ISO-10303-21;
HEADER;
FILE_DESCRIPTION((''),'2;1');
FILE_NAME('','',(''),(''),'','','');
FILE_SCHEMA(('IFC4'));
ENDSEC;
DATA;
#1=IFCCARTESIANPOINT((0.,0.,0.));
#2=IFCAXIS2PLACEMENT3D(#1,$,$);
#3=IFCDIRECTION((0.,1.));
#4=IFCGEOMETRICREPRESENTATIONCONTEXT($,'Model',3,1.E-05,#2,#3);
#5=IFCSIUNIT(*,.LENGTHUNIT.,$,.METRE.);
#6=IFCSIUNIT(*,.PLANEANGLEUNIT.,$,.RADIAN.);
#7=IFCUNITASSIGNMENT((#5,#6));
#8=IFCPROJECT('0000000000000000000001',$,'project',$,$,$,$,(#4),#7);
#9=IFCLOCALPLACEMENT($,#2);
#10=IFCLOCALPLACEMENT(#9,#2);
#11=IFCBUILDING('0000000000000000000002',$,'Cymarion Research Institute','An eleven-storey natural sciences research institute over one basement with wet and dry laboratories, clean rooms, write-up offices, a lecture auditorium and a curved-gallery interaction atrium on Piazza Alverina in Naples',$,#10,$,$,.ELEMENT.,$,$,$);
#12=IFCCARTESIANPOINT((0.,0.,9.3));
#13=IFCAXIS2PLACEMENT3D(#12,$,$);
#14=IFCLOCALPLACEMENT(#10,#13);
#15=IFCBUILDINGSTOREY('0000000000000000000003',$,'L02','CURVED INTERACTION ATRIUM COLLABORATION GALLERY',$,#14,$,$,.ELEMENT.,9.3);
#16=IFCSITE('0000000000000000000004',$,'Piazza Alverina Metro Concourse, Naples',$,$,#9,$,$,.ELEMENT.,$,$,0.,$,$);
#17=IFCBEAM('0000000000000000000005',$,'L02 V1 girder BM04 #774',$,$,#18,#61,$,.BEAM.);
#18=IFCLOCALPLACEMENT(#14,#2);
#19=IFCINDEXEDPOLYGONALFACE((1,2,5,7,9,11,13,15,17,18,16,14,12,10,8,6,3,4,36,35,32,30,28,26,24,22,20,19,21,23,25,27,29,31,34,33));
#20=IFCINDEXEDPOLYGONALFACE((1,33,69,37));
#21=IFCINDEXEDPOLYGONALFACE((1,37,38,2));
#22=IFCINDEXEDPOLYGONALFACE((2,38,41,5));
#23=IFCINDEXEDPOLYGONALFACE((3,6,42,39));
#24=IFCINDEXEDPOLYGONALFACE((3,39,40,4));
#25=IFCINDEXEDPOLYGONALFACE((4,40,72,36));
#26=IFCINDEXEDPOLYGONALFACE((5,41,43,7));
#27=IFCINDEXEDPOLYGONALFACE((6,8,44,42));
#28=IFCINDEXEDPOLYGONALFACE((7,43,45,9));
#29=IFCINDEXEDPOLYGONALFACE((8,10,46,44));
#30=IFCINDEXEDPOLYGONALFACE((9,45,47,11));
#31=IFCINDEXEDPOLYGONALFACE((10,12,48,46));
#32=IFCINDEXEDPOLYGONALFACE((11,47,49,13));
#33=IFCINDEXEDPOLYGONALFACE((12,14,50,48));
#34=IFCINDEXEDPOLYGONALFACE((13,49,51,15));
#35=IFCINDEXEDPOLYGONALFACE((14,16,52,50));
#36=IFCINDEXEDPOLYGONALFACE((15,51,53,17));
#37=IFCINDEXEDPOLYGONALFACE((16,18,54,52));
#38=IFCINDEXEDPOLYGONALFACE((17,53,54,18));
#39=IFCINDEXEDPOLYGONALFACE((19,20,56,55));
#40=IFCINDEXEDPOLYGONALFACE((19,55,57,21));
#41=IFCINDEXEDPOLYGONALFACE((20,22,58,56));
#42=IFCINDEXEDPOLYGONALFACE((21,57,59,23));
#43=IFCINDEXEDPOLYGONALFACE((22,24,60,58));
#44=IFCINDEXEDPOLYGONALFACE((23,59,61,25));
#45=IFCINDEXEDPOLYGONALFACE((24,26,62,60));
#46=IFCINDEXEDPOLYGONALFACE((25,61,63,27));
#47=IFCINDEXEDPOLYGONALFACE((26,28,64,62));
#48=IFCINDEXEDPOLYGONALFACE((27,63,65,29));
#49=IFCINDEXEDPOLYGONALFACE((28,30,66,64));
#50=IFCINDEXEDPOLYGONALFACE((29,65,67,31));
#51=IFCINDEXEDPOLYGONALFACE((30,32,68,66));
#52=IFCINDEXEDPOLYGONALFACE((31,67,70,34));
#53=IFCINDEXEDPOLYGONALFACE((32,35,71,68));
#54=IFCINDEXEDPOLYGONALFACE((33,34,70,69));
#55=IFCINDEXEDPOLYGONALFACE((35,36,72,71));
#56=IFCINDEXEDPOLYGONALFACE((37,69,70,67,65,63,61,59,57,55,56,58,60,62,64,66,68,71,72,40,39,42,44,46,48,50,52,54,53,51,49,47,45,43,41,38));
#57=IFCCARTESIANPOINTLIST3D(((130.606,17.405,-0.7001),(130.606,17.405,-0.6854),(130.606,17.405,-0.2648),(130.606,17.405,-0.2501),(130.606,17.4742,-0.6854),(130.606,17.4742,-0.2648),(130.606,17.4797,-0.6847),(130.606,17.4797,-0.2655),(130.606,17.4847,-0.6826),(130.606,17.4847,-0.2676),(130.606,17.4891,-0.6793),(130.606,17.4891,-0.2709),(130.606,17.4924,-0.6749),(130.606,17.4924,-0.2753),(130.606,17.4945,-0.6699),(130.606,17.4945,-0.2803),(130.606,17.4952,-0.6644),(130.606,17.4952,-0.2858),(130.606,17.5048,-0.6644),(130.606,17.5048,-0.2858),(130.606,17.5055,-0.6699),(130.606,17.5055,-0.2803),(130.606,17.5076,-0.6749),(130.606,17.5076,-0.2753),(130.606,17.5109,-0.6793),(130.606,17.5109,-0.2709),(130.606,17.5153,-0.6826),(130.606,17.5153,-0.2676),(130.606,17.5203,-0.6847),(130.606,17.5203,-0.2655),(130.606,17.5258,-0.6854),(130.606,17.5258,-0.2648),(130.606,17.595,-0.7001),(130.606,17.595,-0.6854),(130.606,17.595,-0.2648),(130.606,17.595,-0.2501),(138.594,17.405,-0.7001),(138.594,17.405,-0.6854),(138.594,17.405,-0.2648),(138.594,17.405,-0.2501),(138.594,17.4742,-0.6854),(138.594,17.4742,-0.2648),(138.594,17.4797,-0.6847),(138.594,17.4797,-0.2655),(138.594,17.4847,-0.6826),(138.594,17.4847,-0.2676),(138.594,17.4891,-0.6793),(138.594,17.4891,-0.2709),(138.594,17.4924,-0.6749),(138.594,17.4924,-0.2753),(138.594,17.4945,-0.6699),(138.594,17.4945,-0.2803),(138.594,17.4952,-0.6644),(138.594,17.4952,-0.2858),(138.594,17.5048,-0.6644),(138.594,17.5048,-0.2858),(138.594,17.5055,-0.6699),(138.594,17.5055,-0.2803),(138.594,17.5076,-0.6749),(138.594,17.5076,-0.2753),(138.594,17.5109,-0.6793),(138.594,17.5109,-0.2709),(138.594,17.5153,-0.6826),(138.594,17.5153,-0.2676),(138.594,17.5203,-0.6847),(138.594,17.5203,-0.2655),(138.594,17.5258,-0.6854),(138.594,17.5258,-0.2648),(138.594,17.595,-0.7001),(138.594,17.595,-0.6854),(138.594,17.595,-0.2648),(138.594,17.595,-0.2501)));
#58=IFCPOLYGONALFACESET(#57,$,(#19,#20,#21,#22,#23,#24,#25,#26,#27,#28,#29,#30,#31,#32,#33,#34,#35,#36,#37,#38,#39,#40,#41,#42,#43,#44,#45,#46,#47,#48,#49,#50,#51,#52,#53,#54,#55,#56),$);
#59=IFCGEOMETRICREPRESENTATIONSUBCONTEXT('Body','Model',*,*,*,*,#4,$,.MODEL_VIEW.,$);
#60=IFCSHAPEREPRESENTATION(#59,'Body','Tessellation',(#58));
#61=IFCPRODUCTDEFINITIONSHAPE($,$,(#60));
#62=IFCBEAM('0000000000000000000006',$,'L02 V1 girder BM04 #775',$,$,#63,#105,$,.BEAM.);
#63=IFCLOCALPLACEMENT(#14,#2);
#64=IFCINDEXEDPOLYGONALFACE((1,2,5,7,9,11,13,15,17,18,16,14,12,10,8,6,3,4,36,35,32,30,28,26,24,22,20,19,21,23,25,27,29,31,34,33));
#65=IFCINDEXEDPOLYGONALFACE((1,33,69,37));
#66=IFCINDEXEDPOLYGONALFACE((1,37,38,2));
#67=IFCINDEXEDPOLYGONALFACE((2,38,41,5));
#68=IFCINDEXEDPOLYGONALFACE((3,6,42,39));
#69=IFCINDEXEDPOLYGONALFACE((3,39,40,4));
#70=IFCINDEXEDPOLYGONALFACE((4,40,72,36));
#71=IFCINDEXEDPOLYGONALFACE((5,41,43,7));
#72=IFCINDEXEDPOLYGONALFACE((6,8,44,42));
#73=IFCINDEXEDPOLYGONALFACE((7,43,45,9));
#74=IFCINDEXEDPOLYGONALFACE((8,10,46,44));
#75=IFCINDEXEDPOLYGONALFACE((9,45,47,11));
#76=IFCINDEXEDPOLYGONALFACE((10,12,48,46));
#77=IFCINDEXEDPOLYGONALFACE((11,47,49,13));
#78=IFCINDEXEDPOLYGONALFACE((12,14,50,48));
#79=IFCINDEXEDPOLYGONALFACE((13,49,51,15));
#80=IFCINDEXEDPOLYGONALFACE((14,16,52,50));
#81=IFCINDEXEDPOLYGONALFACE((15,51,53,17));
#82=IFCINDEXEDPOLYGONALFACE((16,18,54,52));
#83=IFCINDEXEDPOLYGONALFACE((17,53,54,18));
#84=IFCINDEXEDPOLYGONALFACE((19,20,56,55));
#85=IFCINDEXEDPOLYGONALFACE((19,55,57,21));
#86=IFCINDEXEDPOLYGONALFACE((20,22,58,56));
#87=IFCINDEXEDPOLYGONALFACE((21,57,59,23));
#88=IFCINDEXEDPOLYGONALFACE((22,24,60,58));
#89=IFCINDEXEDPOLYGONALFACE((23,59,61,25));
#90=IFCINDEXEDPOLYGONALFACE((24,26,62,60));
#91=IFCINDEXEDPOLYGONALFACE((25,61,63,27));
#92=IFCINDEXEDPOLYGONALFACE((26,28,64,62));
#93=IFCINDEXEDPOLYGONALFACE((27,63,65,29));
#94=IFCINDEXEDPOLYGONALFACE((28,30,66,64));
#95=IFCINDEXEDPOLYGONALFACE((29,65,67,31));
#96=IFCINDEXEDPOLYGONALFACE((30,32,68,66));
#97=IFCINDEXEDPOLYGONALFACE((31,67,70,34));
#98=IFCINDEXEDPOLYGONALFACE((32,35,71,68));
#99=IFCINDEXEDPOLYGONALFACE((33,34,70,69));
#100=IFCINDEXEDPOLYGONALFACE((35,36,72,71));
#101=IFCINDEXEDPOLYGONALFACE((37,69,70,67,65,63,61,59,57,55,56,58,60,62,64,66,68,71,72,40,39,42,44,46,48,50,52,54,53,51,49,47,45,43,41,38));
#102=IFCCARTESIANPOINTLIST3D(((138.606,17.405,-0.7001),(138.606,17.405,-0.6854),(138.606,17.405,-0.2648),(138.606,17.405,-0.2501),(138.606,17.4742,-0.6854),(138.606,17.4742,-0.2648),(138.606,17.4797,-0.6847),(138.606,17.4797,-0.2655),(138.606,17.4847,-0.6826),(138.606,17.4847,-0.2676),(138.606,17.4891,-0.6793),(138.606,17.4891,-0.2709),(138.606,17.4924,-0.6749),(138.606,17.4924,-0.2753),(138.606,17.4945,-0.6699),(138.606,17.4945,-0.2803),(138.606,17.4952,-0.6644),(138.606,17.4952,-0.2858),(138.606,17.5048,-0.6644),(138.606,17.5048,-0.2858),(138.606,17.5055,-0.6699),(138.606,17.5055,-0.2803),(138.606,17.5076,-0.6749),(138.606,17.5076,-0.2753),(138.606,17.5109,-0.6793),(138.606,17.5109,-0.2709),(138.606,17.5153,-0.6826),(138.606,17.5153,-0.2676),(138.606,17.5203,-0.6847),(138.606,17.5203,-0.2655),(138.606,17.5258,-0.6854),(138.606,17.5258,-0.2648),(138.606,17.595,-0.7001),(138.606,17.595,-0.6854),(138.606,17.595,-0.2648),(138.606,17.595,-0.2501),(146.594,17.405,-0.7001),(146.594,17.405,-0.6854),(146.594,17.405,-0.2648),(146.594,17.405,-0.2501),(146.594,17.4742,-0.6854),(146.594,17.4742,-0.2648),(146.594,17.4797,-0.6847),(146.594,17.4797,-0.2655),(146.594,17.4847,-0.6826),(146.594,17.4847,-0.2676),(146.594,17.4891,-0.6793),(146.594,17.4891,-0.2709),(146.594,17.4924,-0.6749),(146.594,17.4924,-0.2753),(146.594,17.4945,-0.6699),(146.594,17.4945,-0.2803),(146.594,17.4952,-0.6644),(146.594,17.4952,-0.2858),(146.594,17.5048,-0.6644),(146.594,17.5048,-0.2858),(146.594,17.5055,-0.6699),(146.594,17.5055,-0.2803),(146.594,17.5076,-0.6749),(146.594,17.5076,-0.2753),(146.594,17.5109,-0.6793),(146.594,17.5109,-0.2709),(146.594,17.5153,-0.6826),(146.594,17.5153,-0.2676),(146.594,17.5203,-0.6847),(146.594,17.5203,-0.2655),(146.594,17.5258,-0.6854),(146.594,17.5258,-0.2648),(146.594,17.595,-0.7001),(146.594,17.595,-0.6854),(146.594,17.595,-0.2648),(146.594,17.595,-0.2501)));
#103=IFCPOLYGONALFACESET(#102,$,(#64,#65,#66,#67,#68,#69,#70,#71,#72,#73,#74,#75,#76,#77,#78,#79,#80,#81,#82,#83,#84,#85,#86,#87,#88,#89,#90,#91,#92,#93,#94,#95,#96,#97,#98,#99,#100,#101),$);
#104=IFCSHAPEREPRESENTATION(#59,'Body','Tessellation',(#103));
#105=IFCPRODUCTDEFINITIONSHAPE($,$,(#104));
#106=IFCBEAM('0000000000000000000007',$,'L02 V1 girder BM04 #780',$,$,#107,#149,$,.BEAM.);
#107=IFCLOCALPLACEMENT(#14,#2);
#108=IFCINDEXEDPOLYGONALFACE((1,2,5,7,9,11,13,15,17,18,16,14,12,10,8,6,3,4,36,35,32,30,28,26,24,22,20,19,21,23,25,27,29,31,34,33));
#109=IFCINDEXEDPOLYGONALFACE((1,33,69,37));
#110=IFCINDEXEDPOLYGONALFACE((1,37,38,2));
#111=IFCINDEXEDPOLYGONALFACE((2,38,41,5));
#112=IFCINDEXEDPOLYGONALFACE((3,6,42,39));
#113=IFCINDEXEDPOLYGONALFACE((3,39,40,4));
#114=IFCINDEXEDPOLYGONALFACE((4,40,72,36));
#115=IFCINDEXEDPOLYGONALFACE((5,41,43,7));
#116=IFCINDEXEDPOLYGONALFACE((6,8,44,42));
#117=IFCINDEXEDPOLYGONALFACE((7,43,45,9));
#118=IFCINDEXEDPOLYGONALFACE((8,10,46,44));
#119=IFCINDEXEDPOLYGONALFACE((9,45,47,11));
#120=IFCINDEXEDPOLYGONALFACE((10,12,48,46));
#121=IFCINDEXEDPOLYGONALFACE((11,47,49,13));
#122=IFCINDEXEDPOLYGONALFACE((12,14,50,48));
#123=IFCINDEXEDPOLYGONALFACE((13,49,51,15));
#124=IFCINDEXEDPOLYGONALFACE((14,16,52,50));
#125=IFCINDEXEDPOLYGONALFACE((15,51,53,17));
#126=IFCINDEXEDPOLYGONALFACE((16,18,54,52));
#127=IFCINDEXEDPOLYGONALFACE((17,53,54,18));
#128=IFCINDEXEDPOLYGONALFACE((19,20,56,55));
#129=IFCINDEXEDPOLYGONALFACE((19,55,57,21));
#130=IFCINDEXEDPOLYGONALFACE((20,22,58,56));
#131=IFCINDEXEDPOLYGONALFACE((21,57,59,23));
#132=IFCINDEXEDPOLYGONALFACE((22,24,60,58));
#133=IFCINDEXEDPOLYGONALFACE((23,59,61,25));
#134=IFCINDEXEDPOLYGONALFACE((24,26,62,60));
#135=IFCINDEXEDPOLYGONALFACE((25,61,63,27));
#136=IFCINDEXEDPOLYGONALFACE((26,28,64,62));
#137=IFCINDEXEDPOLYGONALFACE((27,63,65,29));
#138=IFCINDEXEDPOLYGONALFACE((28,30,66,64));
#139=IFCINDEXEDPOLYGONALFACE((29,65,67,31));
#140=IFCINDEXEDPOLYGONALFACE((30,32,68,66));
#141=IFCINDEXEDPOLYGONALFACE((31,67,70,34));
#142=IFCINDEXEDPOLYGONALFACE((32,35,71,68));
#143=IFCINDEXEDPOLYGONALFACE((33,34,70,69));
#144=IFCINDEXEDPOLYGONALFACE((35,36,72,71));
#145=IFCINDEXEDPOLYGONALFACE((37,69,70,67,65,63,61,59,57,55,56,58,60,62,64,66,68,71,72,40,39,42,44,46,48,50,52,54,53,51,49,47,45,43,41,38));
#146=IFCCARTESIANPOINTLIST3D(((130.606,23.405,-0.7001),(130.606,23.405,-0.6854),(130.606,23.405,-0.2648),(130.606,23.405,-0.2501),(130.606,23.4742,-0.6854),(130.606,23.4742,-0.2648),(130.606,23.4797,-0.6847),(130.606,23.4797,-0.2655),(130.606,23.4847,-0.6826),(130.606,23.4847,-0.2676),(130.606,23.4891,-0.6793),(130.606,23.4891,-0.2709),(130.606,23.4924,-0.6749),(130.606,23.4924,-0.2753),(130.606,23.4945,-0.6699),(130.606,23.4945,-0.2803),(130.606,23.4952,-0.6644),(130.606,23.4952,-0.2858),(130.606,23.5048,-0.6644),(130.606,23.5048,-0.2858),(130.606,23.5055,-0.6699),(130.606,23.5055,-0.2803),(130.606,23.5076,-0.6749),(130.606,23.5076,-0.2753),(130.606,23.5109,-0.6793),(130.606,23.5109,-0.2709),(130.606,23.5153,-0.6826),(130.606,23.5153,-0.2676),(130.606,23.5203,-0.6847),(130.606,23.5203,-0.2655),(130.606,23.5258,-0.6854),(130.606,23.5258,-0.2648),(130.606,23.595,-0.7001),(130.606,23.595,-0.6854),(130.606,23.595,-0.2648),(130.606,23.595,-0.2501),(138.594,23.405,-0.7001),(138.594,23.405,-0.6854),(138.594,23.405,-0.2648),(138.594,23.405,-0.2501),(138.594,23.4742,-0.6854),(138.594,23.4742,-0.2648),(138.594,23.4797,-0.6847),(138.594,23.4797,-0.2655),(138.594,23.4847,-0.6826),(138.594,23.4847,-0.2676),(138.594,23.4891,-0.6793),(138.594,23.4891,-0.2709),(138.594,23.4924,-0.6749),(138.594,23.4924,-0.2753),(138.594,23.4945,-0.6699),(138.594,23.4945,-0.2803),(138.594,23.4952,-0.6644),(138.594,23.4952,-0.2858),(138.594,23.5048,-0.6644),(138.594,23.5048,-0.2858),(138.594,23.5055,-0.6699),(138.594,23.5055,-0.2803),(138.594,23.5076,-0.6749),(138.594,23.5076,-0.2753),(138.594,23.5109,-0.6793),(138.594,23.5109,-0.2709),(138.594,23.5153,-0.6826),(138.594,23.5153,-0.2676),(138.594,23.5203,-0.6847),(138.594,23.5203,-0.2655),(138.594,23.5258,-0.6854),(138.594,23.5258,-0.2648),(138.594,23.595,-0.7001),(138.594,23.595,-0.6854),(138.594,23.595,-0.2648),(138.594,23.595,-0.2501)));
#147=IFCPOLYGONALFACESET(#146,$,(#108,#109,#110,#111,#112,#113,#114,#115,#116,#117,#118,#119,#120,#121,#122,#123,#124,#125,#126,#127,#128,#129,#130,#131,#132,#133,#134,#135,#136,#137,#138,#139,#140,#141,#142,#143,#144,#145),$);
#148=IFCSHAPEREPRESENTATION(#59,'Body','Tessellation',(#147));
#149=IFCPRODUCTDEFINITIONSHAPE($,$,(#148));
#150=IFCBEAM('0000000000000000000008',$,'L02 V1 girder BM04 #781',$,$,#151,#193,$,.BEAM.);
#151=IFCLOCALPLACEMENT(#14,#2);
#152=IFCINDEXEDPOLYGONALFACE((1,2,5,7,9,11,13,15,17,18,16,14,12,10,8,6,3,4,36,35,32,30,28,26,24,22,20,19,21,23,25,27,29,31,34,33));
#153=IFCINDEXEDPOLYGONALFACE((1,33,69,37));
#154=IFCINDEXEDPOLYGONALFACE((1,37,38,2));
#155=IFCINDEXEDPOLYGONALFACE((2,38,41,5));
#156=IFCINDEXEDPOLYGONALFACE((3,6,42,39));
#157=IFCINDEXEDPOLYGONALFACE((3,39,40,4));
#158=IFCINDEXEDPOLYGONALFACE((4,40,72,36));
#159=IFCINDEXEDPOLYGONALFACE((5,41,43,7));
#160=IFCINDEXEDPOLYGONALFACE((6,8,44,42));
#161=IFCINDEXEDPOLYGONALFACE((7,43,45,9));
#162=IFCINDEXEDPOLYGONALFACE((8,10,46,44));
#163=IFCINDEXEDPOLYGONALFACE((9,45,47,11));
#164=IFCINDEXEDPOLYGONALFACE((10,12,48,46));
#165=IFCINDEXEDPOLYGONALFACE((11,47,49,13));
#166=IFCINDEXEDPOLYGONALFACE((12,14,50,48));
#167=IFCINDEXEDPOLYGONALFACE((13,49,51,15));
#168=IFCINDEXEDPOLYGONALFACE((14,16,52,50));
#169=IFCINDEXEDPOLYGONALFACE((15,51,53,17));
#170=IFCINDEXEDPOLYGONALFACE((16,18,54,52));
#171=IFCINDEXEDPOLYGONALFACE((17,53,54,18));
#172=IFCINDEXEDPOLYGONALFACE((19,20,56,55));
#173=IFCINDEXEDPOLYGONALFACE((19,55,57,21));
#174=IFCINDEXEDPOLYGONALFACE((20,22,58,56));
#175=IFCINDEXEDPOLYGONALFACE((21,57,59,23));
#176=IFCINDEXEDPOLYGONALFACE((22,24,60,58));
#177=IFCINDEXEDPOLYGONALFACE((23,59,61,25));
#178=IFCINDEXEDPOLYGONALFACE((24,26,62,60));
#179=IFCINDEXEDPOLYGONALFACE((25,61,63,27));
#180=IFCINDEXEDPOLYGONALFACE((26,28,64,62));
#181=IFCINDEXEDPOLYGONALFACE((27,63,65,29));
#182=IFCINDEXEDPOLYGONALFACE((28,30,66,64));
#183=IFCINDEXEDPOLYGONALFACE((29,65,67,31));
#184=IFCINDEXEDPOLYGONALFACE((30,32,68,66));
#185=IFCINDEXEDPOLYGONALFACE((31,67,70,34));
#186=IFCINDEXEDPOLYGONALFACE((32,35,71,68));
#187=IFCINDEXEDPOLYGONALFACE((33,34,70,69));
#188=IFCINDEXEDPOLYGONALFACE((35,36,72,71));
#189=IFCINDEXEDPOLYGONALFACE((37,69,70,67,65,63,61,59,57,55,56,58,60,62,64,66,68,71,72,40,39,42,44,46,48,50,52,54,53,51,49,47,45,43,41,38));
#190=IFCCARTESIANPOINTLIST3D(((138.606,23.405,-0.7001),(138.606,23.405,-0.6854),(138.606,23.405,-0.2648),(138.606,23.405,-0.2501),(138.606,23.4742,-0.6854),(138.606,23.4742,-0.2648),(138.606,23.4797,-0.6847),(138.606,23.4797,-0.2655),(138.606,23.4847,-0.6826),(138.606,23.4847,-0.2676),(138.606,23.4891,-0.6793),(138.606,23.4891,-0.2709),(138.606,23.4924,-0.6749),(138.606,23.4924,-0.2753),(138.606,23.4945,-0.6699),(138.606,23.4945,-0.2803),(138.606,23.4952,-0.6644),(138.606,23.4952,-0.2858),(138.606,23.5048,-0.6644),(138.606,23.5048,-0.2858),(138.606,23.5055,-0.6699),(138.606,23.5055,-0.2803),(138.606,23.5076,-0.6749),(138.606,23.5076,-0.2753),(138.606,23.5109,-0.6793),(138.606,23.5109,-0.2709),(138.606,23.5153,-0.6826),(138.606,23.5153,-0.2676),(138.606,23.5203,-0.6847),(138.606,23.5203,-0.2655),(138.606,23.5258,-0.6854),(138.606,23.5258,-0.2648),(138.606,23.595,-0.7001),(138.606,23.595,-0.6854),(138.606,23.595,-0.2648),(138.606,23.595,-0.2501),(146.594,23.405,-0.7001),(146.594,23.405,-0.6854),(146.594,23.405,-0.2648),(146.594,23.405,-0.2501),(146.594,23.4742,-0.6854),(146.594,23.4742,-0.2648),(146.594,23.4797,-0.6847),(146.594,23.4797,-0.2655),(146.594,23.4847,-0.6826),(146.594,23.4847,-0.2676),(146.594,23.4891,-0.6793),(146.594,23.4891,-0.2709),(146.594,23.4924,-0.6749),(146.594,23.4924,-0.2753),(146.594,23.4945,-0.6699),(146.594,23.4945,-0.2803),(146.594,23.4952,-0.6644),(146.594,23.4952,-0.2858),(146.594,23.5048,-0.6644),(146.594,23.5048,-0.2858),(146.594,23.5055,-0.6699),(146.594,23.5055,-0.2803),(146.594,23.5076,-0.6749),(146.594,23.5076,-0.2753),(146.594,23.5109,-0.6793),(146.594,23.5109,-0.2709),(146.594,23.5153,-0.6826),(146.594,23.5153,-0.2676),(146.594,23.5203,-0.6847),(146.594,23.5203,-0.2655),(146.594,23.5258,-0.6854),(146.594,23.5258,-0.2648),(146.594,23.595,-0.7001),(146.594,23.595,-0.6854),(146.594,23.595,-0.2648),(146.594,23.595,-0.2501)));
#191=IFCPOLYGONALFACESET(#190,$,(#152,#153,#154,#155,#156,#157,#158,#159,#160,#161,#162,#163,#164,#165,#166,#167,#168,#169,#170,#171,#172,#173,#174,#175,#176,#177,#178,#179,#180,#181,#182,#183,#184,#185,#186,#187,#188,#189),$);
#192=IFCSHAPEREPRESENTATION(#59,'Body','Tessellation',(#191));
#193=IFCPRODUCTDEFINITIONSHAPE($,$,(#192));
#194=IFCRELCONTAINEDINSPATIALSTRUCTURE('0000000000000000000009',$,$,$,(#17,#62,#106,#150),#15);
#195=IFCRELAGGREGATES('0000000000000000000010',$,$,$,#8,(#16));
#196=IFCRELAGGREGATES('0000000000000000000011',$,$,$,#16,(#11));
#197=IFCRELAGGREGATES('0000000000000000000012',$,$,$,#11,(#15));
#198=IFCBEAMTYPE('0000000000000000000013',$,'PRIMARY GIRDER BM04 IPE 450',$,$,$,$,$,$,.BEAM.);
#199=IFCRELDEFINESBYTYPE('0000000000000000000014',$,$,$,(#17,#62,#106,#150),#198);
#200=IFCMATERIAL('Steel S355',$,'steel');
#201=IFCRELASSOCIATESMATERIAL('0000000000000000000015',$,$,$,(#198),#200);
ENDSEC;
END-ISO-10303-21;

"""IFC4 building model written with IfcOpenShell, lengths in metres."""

from ifc_helpers import new_model, si_unit, direction, frame, origin, origin_2d, place, context, subcontext, project, spatial, i_section, extrude, material, material_profile, profile_set, type_object, element, save


model = new_model("IFC4")

# Units and contexts
model_context = context("Model", 3, precision=1e-05, world=origin(), true_north=direction((0.0, 1.0)))
body_context = subcontext(model_context, "Body", "Model", "MODEL_VIEW")
ifc_project = project(units=[si_unit("LENGTHUNIT", "METRE"), si_unit("PLANEANGLEUNIT", "RADIAN")], contexts=[model_context])

# Site, building, storey
site_placement = place(None, origin())
site = spatial("IfcSite", under=ifc_project, at=site_placement, Name="Piazza Alverina Metro Concourse, Naples", CompositionType="ELEMENT", RefElevation=0.0)
building_placement = place(site_placement, origin())
building = spatial("IfcBuilding", under=site, at=building_placement, Name="Cymarion Research Institute", Description="An eleven-storey natural sciences research institute over one basement with wet and dry laboratories, clean rooms, write-up offices, a lecture auditorium and a curved-gallery interaction atrium on Piazza Alverina in Naples", CompositionType="ELEMENT")
storey_placement = place(building_placement, frame((0.0, 0.0, 9.3)))
storey = spatial("IfcBuildingStorey", under=building, at=storey_placement, Name="L02", Description="CURVED INTERACTION ATRIUM COLLABORATION GALLERY", CompositionType="ELEMENT", Elevation=9.3)

# Shared definitions
ifc_material_1 = material(Name="Steel S355", Category="steel")

# Beams
ifc_material_profile_1 = material_profile(ifc_material_1, i_section(OverallWidth=0.1899, OverallDepth=0.45, WebThickness=0.0095, FlangeThickness=0.0146, FilletRadius=0.021, at=origin_2d()), Name="IPE 450")
ifc_profile_set_1 = profile_set([ifc_material_profile_1], Name="Steel S355")
beam_type_1 = type_object("IfcBeamType", Name="PRIMARY GIRDER BM04 IPE 450", PredefinedType="BEAM", material=ifc_profile_set_1)
for number, where, z_axis, x_axis, name in (
    (1, (130.606, 17.5, -0.4751), (1.0, 0.0, 0.0), (0.0, 1.0, 0.0), "L02 V1 girder BM04 #774"),
    (2, (138.606, 17.5, -0.4751), (1.0, 0.0, 0.0), (0.0, 1.0, 0.0), "L02 V1 girder BM04 #775"),
    (3, (130.606, 23.5, -0.4751), (1.0, 0.0, 0.0), (0.0, 1.0, 0.0), "L02 V1 girder BM04 #780"),
    (4, (138.606, 23.5, -0.4751), (1.0, 0.0, 0.0), (0.0, 1.0, 0.0), "L02 V1 girder BM04 #781"),
):
    element("IfcBeam", number, at=place(storey_placement, frame(where, z_axis=z_axis, x_axis=x_axis)), inside=storey, type_object=beam_type_1, Name=name, PredefinedType="BEAM", context=body_context, shape_type="SweptSolid", body=[
        extrude(i_section(OverallWidth=0.1899, OverallDepth=0.45, WebThickness=0.0095, FlangeThickness=0.0146, FilletRadius=0.021, at=origin_2d()), origin(), (0.0, 0.0, 1.0), 7.988),
    ])

save(model, "model.ifc")
